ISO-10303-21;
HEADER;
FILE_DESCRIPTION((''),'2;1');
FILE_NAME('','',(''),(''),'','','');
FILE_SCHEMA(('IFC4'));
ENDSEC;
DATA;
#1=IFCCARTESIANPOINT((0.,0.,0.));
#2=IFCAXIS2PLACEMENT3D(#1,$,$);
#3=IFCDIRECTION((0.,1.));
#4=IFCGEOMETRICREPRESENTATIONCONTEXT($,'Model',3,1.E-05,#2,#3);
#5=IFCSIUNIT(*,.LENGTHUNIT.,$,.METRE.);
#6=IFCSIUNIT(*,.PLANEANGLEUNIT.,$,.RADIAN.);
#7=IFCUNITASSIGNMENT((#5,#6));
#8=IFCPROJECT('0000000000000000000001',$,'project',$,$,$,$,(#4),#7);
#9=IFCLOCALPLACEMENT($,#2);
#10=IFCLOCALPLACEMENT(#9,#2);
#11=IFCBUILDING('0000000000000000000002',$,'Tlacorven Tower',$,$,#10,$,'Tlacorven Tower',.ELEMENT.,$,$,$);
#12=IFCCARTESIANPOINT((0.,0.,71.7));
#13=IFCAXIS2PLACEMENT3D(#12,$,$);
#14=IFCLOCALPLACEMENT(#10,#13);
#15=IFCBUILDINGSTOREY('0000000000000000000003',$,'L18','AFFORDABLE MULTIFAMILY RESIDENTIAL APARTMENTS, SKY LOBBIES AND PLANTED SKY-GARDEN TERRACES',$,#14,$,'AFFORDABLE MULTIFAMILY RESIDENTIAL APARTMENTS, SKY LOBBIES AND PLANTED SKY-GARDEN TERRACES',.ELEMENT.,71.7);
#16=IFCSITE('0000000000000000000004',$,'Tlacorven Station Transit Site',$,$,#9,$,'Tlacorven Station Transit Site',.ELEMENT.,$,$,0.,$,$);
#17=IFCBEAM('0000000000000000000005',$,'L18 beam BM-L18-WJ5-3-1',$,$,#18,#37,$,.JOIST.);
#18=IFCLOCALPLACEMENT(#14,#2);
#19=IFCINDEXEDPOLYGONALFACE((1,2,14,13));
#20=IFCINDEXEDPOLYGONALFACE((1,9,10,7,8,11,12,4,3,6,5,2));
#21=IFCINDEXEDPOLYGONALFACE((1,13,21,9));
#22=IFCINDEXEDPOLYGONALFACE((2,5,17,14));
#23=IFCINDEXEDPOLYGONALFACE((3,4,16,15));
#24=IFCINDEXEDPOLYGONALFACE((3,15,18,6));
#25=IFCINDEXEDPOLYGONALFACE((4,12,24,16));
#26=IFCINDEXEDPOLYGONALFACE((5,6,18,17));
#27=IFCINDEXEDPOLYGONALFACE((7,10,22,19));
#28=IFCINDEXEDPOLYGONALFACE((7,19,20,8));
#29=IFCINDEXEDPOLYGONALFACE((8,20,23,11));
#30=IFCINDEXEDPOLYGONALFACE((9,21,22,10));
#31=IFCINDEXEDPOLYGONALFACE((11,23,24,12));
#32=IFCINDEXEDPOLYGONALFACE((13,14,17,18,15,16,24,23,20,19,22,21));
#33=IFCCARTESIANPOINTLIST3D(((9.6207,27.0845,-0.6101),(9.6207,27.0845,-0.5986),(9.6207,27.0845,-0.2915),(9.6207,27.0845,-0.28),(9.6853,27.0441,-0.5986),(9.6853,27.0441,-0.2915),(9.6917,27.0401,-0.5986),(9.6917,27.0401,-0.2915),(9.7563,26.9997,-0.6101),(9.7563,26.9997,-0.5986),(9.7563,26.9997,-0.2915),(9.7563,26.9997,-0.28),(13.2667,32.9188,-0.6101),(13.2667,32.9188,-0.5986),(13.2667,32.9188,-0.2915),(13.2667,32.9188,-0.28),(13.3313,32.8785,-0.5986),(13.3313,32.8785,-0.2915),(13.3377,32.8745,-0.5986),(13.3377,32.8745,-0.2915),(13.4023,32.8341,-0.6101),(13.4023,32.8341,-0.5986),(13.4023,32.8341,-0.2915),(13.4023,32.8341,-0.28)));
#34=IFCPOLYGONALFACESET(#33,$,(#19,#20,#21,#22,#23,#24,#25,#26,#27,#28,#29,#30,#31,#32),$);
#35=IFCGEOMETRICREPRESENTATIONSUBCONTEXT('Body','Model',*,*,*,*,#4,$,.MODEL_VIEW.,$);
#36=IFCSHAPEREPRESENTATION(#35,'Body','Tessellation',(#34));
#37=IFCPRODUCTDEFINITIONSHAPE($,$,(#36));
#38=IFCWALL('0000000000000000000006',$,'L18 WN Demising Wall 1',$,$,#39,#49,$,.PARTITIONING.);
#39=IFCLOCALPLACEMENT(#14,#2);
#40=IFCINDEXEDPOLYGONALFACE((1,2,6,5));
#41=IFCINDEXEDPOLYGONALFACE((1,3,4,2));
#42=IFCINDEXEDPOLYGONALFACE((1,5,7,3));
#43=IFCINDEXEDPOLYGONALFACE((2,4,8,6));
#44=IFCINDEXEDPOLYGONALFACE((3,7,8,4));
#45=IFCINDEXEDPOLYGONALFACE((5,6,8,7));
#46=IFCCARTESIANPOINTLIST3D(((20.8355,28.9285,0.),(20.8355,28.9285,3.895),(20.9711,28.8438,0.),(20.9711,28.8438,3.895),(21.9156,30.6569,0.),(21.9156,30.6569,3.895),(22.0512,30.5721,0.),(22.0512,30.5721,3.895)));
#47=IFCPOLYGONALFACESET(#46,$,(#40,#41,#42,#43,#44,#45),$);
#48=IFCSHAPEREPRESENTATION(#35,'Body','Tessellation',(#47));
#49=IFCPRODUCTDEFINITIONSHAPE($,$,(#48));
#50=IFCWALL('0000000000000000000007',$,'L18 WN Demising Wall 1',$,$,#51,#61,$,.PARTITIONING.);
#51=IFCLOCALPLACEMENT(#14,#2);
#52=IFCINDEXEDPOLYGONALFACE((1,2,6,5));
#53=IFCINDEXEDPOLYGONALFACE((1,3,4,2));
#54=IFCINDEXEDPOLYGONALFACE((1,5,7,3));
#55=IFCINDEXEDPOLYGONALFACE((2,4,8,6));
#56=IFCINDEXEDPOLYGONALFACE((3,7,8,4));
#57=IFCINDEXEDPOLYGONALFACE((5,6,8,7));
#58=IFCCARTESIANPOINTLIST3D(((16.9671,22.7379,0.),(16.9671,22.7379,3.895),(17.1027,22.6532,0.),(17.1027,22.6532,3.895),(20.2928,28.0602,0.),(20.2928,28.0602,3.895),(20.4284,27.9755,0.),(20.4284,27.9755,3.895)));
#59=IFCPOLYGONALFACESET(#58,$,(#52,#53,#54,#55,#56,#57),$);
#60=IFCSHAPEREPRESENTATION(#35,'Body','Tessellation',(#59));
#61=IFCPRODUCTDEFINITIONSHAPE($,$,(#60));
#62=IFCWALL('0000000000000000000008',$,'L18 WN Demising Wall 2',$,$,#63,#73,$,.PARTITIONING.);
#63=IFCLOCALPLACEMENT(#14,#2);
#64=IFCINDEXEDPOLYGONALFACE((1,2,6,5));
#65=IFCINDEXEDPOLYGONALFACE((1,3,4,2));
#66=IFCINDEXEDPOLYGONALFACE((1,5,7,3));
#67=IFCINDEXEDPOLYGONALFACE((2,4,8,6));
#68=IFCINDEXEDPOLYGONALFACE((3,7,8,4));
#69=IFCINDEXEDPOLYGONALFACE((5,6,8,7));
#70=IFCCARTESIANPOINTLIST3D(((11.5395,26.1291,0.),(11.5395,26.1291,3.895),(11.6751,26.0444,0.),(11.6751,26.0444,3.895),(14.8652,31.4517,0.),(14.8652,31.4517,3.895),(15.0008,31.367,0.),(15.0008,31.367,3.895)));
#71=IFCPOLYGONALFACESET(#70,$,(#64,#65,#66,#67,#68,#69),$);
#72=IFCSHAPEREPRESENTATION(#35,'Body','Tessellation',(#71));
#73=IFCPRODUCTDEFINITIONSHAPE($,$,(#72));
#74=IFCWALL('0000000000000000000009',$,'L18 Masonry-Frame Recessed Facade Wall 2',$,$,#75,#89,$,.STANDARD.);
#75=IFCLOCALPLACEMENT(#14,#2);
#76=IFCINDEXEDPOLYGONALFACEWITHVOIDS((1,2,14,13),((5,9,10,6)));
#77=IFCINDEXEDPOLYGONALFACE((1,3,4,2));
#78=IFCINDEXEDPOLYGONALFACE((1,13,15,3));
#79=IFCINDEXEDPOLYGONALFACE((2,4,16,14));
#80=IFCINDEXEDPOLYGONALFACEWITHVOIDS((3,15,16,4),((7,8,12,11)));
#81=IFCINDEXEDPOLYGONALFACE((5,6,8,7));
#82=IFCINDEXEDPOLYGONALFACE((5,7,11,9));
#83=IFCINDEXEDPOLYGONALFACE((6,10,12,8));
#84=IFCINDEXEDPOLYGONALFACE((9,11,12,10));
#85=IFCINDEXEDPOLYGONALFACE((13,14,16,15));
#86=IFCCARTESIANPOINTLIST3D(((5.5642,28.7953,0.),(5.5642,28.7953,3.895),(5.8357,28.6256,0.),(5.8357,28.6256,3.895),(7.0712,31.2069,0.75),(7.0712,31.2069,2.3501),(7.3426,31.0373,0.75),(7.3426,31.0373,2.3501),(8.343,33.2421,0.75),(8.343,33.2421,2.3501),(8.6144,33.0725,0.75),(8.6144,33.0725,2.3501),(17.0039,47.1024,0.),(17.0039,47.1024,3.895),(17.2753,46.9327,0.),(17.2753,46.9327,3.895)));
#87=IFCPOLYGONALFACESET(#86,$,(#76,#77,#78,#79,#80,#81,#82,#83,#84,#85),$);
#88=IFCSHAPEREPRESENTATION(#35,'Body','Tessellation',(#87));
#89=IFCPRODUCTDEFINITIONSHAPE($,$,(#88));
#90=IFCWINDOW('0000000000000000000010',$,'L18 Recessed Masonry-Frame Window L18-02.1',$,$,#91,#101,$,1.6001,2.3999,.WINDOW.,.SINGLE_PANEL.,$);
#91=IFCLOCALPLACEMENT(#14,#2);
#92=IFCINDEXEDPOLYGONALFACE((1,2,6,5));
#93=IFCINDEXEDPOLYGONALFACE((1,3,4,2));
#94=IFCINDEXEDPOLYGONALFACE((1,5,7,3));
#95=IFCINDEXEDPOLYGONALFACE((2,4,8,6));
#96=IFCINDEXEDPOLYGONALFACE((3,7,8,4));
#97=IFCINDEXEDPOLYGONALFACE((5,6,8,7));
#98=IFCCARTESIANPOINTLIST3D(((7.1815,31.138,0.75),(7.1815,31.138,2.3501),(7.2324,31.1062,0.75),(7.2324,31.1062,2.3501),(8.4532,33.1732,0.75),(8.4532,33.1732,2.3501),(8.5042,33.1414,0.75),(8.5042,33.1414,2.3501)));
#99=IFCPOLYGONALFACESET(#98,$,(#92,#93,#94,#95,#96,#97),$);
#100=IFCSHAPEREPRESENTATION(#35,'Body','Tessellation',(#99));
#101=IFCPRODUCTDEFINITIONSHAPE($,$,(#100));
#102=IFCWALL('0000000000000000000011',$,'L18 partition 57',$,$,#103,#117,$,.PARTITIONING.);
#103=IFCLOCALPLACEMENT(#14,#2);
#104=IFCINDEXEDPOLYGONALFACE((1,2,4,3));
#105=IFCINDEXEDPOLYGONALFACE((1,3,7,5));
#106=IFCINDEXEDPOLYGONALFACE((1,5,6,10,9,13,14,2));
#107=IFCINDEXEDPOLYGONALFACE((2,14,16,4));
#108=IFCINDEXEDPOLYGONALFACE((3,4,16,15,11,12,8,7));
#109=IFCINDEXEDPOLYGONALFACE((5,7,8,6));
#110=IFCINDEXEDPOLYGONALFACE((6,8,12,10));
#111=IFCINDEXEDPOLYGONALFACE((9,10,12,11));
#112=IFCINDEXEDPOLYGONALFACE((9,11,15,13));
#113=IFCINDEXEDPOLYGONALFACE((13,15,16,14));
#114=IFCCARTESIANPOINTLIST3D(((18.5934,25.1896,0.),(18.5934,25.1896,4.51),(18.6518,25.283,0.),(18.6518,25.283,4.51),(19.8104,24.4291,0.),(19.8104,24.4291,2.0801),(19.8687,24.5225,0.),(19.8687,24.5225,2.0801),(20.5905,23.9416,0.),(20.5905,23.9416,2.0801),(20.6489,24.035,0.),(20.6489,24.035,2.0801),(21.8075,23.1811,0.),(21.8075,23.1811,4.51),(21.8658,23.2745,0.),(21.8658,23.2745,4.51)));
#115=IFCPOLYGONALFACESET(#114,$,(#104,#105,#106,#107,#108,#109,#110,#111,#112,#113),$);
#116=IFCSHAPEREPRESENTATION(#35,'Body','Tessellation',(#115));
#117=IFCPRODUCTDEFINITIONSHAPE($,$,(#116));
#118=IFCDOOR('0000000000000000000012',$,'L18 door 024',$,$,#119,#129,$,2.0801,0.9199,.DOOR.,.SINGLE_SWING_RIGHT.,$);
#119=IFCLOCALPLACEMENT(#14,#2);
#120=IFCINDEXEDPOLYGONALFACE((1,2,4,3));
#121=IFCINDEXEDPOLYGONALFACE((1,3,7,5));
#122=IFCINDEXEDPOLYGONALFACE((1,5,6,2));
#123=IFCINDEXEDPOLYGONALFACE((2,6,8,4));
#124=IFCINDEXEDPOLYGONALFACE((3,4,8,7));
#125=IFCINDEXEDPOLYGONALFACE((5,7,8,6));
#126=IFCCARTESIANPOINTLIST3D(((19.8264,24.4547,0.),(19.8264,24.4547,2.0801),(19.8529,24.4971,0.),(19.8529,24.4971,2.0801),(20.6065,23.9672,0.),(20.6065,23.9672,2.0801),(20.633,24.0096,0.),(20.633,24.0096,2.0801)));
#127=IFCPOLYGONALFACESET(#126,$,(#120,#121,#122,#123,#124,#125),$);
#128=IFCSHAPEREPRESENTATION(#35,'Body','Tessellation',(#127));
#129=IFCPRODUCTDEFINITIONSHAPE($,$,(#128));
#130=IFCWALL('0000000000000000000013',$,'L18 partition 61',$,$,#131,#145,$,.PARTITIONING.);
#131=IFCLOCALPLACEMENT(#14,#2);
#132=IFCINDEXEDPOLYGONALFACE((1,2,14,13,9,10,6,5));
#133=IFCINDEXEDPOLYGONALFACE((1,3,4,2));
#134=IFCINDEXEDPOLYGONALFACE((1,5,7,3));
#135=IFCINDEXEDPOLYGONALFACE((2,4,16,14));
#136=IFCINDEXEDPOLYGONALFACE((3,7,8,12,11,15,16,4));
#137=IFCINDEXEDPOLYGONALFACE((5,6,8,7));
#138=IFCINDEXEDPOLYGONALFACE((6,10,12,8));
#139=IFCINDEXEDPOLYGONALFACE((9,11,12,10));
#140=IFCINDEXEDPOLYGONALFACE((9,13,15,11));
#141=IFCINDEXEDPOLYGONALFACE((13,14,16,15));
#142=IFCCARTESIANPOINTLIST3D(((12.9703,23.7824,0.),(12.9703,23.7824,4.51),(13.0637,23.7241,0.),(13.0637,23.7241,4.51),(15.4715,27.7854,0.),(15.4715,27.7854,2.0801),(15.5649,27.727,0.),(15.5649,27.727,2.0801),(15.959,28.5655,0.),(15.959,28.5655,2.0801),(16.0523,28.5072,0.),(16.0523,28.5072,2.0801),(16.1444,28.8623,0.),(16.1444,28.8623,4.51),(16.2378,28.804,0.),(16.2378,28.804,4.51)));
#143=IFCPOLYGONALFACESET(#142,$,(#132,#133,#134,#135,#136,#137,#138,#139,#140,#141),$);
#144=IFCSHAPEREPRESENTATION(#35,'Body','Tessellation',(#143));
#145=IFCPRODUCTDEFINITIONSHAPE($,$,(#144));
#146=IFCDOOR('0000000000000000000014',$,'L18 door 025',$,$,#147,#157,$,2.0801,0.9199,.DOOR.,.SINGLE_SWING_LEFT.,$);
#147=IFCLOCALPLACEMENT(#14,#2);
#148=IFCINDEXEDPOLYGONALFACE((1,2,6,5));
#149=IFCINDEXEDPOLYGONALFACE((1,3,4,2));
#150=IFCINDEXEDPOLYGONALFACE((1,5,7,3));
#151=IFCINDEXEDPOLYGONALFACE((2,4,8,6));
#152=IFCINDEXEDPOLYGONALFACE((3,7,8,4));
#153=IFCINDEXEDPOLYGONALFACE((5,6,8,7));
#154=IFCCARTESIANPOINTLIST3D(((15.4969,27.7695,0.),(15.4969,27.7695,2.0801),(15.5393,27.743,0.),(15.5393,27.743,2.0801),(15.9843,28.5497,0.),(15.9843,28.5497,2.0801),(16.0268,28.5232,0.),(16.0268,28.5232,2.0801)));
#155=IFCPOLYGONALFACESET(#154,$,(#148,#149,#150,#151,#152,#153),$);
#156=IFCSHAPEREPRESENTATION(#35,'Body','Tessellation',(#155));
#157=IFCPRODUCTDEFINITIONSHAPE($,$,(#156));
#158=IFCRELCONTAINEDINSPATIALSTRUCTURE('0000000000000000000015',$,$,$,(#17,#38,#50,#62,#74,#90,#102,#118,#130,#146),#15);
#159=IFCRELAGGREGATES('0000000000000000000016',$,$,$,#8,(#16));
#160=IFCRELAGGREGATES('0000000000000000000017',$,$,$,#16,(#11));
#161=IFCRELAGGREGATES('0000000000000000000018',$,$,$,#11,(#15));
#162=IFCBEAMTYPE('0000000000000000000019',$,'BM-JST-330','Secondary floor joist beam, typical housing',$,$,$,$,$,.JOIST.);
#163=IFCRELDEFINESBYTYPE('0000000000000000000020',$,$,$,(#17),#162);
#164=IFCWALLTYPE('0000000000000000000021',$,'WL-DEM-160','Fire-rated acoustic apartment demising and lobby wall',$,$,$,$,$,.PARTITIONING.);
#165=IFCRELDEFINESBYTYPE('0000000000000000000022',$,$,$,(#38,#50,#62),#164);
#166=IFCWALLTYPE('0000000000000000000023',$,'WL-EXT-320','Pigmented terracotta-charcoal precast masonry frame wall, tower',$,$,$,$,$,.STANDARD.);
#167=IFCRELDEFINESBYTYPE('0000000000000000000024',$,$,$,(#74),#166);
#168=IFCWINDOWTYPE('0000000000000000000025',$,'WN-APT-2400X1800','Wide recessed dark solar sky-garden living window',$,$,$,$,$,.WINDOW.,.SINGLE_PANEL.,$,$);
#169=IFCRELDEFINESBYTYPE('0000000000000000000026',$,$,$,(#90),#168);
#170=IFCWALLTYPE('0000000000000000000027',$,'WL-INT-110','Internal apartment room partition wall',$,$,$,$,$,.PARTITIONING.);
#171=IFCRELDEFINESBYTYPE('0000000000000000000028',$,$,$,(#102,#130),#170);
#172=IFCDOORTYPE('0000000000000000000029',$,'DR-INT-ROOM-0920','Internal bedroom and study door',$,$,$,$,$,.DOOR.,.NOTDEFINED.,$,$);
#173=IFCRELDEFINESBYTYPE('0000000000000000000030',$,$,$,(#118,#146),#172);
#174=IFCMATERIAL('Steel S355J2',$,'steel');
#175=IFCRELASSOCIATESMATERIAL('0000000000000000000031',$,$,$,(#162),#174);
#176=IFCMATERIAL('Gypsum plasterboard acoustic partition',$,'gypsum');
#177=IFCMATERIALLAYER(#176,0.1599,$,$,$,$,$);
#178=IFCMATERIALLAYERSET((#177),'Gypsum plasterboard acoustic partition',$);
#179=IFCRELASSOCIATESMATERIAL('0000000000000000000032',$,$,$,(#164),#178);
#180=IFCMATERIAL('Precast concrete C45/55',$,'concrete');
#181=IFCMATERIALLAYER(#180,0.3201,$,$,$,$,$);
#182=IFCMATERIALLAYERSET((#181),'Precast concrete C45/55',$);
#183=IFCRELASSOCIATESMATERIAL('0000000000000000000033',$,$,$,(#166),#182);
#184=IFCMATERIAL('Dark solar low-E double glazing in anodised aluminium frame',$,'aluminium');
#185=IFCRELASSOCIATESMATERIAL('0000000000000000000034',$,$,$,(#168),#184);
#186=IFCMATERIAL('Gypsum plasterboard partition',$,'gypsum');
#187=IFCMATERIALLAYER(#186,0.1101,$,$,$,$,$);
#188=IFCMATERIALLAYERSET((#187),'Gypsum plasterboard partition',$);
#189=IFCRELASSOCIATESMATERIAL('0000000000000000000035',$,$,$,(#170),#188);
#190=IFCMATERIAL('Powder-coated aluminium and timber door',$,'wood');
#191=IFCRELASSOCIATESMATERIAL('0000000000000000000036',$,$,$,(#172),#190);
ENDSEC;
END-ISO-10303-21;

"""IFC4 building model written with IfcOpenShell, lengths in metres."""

from ifc_helpers import new_model, si_unit, direction, frame, frame_2d, origin, origin_2d, place, context, subcontext, project, spatial, rectangle, i_section, extrude, source, transform, mapped, material, layer, layer_set, material_profile, profile_set, type_object, element, fill, save


model = new_model("IFC4")

# Units and contexts
model_context = context("Model", 3, precision=1e-05, world=origin(), true_north=direction((0.0, 1.0)))
body_context = subcontext(model_context, "Body", "Model", "MODEL_VIEW")
ifc_project = project(units=[si_unit("LENGTHUNIT", "METRE"), si_unit("PLANEANGLEUNIT", "RADIAN")], contexts=[model_context])

# Site, building, storey
site_placement = place(None, origin())
site = spatial("IfcSite", under=ifc_project, at=site_placement, Name="Tlacorven Station Transit Site", LongName="Tlacorven Station Transit Site", CompositionType="ELEMENT", RefElevation=0.0)
building_placement = place(site_placement, origin())
building = spatial("IfcBuilding", under=site, at=building_placement, Name="Tlacorven Tower", LongName="Tlacorven Tower", CompositionType="ELEMENT")
storey_placement = place(building_placement, frame((0.0, 0.0, 71.7)))
storey = spatial("IfcBuildingStorey", under=building, at=storey_placement, Name="L18", Description="AFFORDABLE MULTIFAMILY RESIDENTIAL APARTMENTS, SKY LOBBIES AND PLANTED SKY-GARDEN TERRACES", LongName="AFFORDABLE MULTIFAMILY RESIDENTIAL APARTMENTS, SKY LOBBIES AND PLANTED SKY-GARDEN TERRACES", CompositionType="ELEMENT", Elevation=71.7)

# Beam
ifc_material_1 = material(Name="Steel S355J2", Category="steel")
ifc_material_profile_1 = material_profile(ifc_material_1, i_section(OverallWidth=0.1599, OverallDepth=0.3301, WebThickness=0.0076, FlangeThickness=0.0115, at=origin_2d()), Name="IPE 330")
ifc_profile_set_1 = profile_set([ifc_material_profile_1], Name="Steel S355J2")
beam_type_1 = type_object("IfcBeamType", Name="BM-JST-330", Description="Secondary floor joist beam, typical housing", PredefinedType="JOIST", material=ifc_profile_set_1)
shared_shape_1 = source(origin(), body_context, "Body", "SweptSolid", [
    extrude(i_section(OverallWidth=0.1599, OverallDepth=0.3301, WebThickness=0.0076, FlangeThickness=0.0115, at=origin_2d()), origin(), (0.0, 0.0, 1.0), 6.8799),
])
for number, where, z_axis, x_axis, name in (
    (1, (13.3345, 32.8765, -0.4451), (-0.529942, -0.848034, 0.0), (0.848034, -0.529942, 0.0), "L18 beam BM-L18-WJ5-3-1"),
):
    element("IfcBeam", number, at=place(storey_placement, frame(where, z_axis=z_axis, x_axis=x_axis)), inside=storey, type_object=beam_type_1, Name=name, PredefinedType="JOIST", context=body_context, shape_type="MappedRepresentation", body=[
        mapped(shared_shape_1, transform((0.0, 0.0, 0.0), scale=1.0)),
    ])

# Walls
ifc_material_2 = material(Name="Gypsum plasterboard acoustic partition", Category="gypsum")
ifc_layer_1 = layer(ifc_material_2, 0.1599)
ifc_layer_set_1 = layer_set([ifc_layer_1], Name="Gypsum plasterboard acoustic partition")
wall_type_1 = type_object("IfcWallType", Name="WL-DEM-160", Description="Fire-rated acoustic apartment demising and lobby wall", PredefinedType="PARTITIONING", material=ifc_layer_set_1)
wall_1_placement = place(storey_placement, frame((21.9834, 30.6145, 0.0), z_axis=(0.0, 0.0, 1.0), x_axis=(-0.529967, -0.848018, 0.0)))
element("IfcWall", 2, at=wall_1_placement, inside=storey, type_object=wall_type_1, Name="L18 WN Demising Wall 1", PredefinedType="PARTITIONING", context=body_context, shape_type="SweptSolid", body=[
    extrude(rectangle(XDim=2.0381, YDim=0.1599, at=frame_2d((1.019, 0.0))), origin(), (0.0, 0.0, 1.0), 3.895),
])
wall_2_placement = place(storey_placement, frame((20.3606, 28.0178, 0.0), z_axis=(0.0, 0.0, 1.0), x_axis=(-0.529915, -0.848051, 0.0)))
element("IfcWall", 3, at=wall_2_placement, inside=storey, type_object=wall_type_1, Name="L18 WN Demising Wall 1", PredefinedType="PARTITIONING", context=body_context, shape_type="SweptSolid", body=[
    extrude(rectangle(XDim=6.2759, YDim=0.1599, at=frame_2d((3.1379, 0.0))), origin(), (0.0, 0.0, 1.0), 3.895),
])
wall_3_placement = place(storey_placement, frame((14.9331, 31.4094, 0.0), z_axis=(0.0, 0.0, 1.0), x_axis=(-0.529898, -0.848062, 0.0)))
element("IfcWall", 4, at=wall_3_placement, inside=storey, type_object=wall_type_1, Name="L18 WN Demising Wall 2", PredefinedType="PARTITIONING", context=body_context, shape_type="SweptSolid", body=[
    extrude(rectangle(XDim=6.2761, YDim=0.1599, at=frame_2d((3.1382, 0.0))), origin(), (0.0, 0.0, 1.0), 3.895),
])

# Wall, opening, window
ifc_material_3 = material(Name="Precast concrete C45/55", Category="concrete")
ifc_layer_2 = layer(ifc_material_3, 0.3201)
ifc_layer_set_2 = layer_set([ifc_layer_2], Name="Precast concrete C45/55")
wall_type_2 = type_object("IfcWallType", Name="WL-EXT-320", Description="Pigmented terracotta-charcoal precast masonry frame wall, tower", PredefinedType="STANDARD", material=ifc_layer_set_2)
wall_4_placement = place(storey_placement, frame((5.7, 28.7104, 0.0), z_axis=(0.0, 0.0, 1.0), x_axis=(0.529924, 0.848045, 0.0)))
wall_4 = element("IfcWall", 5, at=wall_4_placement, inside=storey, type_object=wall_type_2, Name="L18 Masonry-Frame Recessed Facade Wall 2", PredefinedType="STANDARD", context=body_context, shape_type="SweptSolid", body=[
    extrude(rectangle(XDim=21.5874, YDim=0.3201, at=frame_2d((10.7937, 0.0))), origin(), (0.0, 0.0, 1.0), 3.895),
])
opening_1_placement = place(wall_4_placement, frame((2.8438, 0.0, 0.75)))
opening_1 = element("IfcOpeningElement", 6, at=opening_1_placement, cuts=wall_4, PredefinedType="OPENING", context=body_context, shape_type="SweptSolid", body=[
    extrude(rectangle(XDim=2.3999, YDim=1.6001, at=frame_2d((1.2, 0.8))), frame((0.0, 0.1699, 0.0), z_axis=(0.0, -1.0, 0.0), x_axis=(1.0, 0.0, 0.0)), (0.0, 0.0, 1.0), 0.3401),
])
ifc_material_4 = material(Name="Dark solar low-E double glazing in anodised aluminium frame", Category="aluminium")
window_type = type_object("IfcWindowType", Name="WN-APT-2400X1800", Description="Wide recessed dark solar sky-garden living window", PartitioningType="SINGLE_PANEL", PredefinedType="WINDOW", material=ifc_material_4)
shared_shape_2 = source(origin(), body_context, "Body", "SweptSolid", [
    extrude(rectangle(XDim=2.3999, YDim=1.6001, at=frame_2d((1.2, 0.8))), frame((0.0, 0.03, 0.0), z_axis=(0.0, -1.0, 0.0), x_axis=(1.0, 0.0, 0.0)), (0.0, 0.0, 1.0), 0.0601),
])
window_placement = place(opening_1_placement, origin())
window = element("IfcWindow", 7, at=window_placement, inside=storey, type_object=window_type, Name="L18 Recessed Masonry-Frame Window L18-02.1", OverallHeight=1.6001, OverallWidth=2.3999, PartitioningType="SINGLE_PANEL", PredefinedType="WINDOW", context=body_context, shape_type="MappedRepresentation", body=[
    mapped(shared_shape_2, transform((0.0, 0.0, 0.0), scale=1.0)),
])
fill(opening_1, window)

# Walls, openings, doors
ifc_material_5 = material(Name="Gypsum plasterboard partition", Category="gypsum")
ifc_layer_3 = layer(ifc_material_5, 0.1101)
ifc_layer_set_3 = layer_set([ifc_layer_3], Name="Gypsum plasterboard partition")
wall_type_3 = type_object("IfcWallType", Name="WL-INT-110", Description="Internal apartment room partition wall", PredefinedType="PARTITIONING", material=ifc_layer_set_3)
wall_5_placement = place(storey_placement, frame((21.8367, 23.2278, 0.0), z_axis=(0.0, 0.0, 1.0), x_axis=(-0.848031, 0.529947, 0.0)))
wall_5 = element("IfcWall", 8, at=wall_5_placement, inside=storey, type_object=wall_type_3, Name="L18 partition 57", PredefinedType="PARTITIONING", context=body_context, shape_type="SweptSolid", body=[
    extrude(rectangle(XDim=3.79, YDim=0.1101, at=frame_2d((1.895, 0.0))), origin(), (0.0, 0.0, 1.0), 4.51),
])
opening_2_placement = place(wall_5_placement, frame((1.4351, 0.0, 0.0)))
opening_2 = element("IfcOpeningElement", 9, at=opening_2_placement, cuts=wall_5, PredefinedType="OPENING", context=body_context, shape_type="SweptSolid", body=[
    extrude(rectangle(XDim=0.9199, YDim=2.0801, at=frame_2d((0.46, 1.04))), frame((0.0, 0.0649, 0.0), z_axis=(0.0, -1.0, 0.0), x_axis=(1.0, 0.0, 0.0)), (0.0, 0.0, 1.0), 0.1301),
])
ifc_material_6 = material(Name="Powder-coated aluminium and timber door", Category="wood")
door_type_1 = type_object("IfcDoorType", Name="DR-INT-ROOM-0920", Description="Internal bedroom and study door", OperationType="NOTDEFINED", PredefinedType="DOOR", material=ifc_material_6)
shared_shape_3 = source(origin(), body_context, "Body", "SweptSolid", [
    extrude(rectangle(XDim=0.9199, YDim=2.0801, at=frame_2d((0.46, 1.04))), frame((0.0, 0.0249, 0.0), z_axis=(0.0, -1.0, 0.0), x_axis=(1.0, 0.0, 0.0)), (0.0, 0.0, 1.0), 0.05),
])
door_1_placement = place(opening_2_placement, origin())
door_1 = element("IfcDoor", 10, at=door_1_placement, inside=storey, type_object=door_type_1, Name="L18 door 024", OperationType="SINGLE_SWING_RIGHT", OverallHeight=2.0801, OverallWidth=0.9199, PredefinedType="DOOR", context=body_context, shape_type="MappedRepresentation", body=[
    mapped(shared_shape_3, transform((0.0, 0.0, 0.0), scale=1.0)),
])
fill(opening_2, door_1)
wall_6_placement = place(storey_placement, frame((16.1912, 28.8333, 0.0), z_axis=(0.0, 0.0, 1.0), x_axis=(-0.5299, -0.84806, 0.0)))
wall_6 = element("IfcWall", 11, at=wall_6_placement, inside=storey, type_object=wall_type_3, Name="L18 partition 61", PredefinedType="PARTITIONING", context=body_context, shape_type="SweptSolid", body=[
    extrude(rectangle(XDim=5.99, YDim=0.1101, at=frame_2d((2.9951, 0.0))), origin(), (0.0, 0.0, 1.0), 4.51),
])
opening_3_placement = place(wall_6_placement, frame((0.3501, 0.0, 0.0)))
opening_3 = element("IfcOpeningElement", 12, at=opening_3_placement, cuts=wall_6, PredefinedType="OPENING", context=body_context, shape_type="SweptSolid", body=[
    extrude(rectangle(XDim=0.9199, YDim=2.0801, at=frame_2d((0.46, 1.04))), frame((0.0, 0.0649, 0.0), z_axis=(0.0, -1.0, 0.0), x_axis=(1.0, 0.0, 0.0)), (0.0, 0.0, 1.0), 0.1301),
])
door_2_placement = place(opening_3_placement, origin())
door_2 = element("IfcDoor", 13, at=door_2_placement, inside=storey, type_object=door_type_1, Name="L18 door 025", OperationType="SINGLE_SWING_LEFT", OverallHeight=2.0801, OverallWidth=0.9199, PredefinedType="DOOR", context=body_context, shape_type="MappedRepresentation", body=[
    mapped(shared_shape_3, transform((0.0, 0.0, 0.0), scale=1.0)),
])
fill(opening_3, door_2)

save(model, "model.ifc")
